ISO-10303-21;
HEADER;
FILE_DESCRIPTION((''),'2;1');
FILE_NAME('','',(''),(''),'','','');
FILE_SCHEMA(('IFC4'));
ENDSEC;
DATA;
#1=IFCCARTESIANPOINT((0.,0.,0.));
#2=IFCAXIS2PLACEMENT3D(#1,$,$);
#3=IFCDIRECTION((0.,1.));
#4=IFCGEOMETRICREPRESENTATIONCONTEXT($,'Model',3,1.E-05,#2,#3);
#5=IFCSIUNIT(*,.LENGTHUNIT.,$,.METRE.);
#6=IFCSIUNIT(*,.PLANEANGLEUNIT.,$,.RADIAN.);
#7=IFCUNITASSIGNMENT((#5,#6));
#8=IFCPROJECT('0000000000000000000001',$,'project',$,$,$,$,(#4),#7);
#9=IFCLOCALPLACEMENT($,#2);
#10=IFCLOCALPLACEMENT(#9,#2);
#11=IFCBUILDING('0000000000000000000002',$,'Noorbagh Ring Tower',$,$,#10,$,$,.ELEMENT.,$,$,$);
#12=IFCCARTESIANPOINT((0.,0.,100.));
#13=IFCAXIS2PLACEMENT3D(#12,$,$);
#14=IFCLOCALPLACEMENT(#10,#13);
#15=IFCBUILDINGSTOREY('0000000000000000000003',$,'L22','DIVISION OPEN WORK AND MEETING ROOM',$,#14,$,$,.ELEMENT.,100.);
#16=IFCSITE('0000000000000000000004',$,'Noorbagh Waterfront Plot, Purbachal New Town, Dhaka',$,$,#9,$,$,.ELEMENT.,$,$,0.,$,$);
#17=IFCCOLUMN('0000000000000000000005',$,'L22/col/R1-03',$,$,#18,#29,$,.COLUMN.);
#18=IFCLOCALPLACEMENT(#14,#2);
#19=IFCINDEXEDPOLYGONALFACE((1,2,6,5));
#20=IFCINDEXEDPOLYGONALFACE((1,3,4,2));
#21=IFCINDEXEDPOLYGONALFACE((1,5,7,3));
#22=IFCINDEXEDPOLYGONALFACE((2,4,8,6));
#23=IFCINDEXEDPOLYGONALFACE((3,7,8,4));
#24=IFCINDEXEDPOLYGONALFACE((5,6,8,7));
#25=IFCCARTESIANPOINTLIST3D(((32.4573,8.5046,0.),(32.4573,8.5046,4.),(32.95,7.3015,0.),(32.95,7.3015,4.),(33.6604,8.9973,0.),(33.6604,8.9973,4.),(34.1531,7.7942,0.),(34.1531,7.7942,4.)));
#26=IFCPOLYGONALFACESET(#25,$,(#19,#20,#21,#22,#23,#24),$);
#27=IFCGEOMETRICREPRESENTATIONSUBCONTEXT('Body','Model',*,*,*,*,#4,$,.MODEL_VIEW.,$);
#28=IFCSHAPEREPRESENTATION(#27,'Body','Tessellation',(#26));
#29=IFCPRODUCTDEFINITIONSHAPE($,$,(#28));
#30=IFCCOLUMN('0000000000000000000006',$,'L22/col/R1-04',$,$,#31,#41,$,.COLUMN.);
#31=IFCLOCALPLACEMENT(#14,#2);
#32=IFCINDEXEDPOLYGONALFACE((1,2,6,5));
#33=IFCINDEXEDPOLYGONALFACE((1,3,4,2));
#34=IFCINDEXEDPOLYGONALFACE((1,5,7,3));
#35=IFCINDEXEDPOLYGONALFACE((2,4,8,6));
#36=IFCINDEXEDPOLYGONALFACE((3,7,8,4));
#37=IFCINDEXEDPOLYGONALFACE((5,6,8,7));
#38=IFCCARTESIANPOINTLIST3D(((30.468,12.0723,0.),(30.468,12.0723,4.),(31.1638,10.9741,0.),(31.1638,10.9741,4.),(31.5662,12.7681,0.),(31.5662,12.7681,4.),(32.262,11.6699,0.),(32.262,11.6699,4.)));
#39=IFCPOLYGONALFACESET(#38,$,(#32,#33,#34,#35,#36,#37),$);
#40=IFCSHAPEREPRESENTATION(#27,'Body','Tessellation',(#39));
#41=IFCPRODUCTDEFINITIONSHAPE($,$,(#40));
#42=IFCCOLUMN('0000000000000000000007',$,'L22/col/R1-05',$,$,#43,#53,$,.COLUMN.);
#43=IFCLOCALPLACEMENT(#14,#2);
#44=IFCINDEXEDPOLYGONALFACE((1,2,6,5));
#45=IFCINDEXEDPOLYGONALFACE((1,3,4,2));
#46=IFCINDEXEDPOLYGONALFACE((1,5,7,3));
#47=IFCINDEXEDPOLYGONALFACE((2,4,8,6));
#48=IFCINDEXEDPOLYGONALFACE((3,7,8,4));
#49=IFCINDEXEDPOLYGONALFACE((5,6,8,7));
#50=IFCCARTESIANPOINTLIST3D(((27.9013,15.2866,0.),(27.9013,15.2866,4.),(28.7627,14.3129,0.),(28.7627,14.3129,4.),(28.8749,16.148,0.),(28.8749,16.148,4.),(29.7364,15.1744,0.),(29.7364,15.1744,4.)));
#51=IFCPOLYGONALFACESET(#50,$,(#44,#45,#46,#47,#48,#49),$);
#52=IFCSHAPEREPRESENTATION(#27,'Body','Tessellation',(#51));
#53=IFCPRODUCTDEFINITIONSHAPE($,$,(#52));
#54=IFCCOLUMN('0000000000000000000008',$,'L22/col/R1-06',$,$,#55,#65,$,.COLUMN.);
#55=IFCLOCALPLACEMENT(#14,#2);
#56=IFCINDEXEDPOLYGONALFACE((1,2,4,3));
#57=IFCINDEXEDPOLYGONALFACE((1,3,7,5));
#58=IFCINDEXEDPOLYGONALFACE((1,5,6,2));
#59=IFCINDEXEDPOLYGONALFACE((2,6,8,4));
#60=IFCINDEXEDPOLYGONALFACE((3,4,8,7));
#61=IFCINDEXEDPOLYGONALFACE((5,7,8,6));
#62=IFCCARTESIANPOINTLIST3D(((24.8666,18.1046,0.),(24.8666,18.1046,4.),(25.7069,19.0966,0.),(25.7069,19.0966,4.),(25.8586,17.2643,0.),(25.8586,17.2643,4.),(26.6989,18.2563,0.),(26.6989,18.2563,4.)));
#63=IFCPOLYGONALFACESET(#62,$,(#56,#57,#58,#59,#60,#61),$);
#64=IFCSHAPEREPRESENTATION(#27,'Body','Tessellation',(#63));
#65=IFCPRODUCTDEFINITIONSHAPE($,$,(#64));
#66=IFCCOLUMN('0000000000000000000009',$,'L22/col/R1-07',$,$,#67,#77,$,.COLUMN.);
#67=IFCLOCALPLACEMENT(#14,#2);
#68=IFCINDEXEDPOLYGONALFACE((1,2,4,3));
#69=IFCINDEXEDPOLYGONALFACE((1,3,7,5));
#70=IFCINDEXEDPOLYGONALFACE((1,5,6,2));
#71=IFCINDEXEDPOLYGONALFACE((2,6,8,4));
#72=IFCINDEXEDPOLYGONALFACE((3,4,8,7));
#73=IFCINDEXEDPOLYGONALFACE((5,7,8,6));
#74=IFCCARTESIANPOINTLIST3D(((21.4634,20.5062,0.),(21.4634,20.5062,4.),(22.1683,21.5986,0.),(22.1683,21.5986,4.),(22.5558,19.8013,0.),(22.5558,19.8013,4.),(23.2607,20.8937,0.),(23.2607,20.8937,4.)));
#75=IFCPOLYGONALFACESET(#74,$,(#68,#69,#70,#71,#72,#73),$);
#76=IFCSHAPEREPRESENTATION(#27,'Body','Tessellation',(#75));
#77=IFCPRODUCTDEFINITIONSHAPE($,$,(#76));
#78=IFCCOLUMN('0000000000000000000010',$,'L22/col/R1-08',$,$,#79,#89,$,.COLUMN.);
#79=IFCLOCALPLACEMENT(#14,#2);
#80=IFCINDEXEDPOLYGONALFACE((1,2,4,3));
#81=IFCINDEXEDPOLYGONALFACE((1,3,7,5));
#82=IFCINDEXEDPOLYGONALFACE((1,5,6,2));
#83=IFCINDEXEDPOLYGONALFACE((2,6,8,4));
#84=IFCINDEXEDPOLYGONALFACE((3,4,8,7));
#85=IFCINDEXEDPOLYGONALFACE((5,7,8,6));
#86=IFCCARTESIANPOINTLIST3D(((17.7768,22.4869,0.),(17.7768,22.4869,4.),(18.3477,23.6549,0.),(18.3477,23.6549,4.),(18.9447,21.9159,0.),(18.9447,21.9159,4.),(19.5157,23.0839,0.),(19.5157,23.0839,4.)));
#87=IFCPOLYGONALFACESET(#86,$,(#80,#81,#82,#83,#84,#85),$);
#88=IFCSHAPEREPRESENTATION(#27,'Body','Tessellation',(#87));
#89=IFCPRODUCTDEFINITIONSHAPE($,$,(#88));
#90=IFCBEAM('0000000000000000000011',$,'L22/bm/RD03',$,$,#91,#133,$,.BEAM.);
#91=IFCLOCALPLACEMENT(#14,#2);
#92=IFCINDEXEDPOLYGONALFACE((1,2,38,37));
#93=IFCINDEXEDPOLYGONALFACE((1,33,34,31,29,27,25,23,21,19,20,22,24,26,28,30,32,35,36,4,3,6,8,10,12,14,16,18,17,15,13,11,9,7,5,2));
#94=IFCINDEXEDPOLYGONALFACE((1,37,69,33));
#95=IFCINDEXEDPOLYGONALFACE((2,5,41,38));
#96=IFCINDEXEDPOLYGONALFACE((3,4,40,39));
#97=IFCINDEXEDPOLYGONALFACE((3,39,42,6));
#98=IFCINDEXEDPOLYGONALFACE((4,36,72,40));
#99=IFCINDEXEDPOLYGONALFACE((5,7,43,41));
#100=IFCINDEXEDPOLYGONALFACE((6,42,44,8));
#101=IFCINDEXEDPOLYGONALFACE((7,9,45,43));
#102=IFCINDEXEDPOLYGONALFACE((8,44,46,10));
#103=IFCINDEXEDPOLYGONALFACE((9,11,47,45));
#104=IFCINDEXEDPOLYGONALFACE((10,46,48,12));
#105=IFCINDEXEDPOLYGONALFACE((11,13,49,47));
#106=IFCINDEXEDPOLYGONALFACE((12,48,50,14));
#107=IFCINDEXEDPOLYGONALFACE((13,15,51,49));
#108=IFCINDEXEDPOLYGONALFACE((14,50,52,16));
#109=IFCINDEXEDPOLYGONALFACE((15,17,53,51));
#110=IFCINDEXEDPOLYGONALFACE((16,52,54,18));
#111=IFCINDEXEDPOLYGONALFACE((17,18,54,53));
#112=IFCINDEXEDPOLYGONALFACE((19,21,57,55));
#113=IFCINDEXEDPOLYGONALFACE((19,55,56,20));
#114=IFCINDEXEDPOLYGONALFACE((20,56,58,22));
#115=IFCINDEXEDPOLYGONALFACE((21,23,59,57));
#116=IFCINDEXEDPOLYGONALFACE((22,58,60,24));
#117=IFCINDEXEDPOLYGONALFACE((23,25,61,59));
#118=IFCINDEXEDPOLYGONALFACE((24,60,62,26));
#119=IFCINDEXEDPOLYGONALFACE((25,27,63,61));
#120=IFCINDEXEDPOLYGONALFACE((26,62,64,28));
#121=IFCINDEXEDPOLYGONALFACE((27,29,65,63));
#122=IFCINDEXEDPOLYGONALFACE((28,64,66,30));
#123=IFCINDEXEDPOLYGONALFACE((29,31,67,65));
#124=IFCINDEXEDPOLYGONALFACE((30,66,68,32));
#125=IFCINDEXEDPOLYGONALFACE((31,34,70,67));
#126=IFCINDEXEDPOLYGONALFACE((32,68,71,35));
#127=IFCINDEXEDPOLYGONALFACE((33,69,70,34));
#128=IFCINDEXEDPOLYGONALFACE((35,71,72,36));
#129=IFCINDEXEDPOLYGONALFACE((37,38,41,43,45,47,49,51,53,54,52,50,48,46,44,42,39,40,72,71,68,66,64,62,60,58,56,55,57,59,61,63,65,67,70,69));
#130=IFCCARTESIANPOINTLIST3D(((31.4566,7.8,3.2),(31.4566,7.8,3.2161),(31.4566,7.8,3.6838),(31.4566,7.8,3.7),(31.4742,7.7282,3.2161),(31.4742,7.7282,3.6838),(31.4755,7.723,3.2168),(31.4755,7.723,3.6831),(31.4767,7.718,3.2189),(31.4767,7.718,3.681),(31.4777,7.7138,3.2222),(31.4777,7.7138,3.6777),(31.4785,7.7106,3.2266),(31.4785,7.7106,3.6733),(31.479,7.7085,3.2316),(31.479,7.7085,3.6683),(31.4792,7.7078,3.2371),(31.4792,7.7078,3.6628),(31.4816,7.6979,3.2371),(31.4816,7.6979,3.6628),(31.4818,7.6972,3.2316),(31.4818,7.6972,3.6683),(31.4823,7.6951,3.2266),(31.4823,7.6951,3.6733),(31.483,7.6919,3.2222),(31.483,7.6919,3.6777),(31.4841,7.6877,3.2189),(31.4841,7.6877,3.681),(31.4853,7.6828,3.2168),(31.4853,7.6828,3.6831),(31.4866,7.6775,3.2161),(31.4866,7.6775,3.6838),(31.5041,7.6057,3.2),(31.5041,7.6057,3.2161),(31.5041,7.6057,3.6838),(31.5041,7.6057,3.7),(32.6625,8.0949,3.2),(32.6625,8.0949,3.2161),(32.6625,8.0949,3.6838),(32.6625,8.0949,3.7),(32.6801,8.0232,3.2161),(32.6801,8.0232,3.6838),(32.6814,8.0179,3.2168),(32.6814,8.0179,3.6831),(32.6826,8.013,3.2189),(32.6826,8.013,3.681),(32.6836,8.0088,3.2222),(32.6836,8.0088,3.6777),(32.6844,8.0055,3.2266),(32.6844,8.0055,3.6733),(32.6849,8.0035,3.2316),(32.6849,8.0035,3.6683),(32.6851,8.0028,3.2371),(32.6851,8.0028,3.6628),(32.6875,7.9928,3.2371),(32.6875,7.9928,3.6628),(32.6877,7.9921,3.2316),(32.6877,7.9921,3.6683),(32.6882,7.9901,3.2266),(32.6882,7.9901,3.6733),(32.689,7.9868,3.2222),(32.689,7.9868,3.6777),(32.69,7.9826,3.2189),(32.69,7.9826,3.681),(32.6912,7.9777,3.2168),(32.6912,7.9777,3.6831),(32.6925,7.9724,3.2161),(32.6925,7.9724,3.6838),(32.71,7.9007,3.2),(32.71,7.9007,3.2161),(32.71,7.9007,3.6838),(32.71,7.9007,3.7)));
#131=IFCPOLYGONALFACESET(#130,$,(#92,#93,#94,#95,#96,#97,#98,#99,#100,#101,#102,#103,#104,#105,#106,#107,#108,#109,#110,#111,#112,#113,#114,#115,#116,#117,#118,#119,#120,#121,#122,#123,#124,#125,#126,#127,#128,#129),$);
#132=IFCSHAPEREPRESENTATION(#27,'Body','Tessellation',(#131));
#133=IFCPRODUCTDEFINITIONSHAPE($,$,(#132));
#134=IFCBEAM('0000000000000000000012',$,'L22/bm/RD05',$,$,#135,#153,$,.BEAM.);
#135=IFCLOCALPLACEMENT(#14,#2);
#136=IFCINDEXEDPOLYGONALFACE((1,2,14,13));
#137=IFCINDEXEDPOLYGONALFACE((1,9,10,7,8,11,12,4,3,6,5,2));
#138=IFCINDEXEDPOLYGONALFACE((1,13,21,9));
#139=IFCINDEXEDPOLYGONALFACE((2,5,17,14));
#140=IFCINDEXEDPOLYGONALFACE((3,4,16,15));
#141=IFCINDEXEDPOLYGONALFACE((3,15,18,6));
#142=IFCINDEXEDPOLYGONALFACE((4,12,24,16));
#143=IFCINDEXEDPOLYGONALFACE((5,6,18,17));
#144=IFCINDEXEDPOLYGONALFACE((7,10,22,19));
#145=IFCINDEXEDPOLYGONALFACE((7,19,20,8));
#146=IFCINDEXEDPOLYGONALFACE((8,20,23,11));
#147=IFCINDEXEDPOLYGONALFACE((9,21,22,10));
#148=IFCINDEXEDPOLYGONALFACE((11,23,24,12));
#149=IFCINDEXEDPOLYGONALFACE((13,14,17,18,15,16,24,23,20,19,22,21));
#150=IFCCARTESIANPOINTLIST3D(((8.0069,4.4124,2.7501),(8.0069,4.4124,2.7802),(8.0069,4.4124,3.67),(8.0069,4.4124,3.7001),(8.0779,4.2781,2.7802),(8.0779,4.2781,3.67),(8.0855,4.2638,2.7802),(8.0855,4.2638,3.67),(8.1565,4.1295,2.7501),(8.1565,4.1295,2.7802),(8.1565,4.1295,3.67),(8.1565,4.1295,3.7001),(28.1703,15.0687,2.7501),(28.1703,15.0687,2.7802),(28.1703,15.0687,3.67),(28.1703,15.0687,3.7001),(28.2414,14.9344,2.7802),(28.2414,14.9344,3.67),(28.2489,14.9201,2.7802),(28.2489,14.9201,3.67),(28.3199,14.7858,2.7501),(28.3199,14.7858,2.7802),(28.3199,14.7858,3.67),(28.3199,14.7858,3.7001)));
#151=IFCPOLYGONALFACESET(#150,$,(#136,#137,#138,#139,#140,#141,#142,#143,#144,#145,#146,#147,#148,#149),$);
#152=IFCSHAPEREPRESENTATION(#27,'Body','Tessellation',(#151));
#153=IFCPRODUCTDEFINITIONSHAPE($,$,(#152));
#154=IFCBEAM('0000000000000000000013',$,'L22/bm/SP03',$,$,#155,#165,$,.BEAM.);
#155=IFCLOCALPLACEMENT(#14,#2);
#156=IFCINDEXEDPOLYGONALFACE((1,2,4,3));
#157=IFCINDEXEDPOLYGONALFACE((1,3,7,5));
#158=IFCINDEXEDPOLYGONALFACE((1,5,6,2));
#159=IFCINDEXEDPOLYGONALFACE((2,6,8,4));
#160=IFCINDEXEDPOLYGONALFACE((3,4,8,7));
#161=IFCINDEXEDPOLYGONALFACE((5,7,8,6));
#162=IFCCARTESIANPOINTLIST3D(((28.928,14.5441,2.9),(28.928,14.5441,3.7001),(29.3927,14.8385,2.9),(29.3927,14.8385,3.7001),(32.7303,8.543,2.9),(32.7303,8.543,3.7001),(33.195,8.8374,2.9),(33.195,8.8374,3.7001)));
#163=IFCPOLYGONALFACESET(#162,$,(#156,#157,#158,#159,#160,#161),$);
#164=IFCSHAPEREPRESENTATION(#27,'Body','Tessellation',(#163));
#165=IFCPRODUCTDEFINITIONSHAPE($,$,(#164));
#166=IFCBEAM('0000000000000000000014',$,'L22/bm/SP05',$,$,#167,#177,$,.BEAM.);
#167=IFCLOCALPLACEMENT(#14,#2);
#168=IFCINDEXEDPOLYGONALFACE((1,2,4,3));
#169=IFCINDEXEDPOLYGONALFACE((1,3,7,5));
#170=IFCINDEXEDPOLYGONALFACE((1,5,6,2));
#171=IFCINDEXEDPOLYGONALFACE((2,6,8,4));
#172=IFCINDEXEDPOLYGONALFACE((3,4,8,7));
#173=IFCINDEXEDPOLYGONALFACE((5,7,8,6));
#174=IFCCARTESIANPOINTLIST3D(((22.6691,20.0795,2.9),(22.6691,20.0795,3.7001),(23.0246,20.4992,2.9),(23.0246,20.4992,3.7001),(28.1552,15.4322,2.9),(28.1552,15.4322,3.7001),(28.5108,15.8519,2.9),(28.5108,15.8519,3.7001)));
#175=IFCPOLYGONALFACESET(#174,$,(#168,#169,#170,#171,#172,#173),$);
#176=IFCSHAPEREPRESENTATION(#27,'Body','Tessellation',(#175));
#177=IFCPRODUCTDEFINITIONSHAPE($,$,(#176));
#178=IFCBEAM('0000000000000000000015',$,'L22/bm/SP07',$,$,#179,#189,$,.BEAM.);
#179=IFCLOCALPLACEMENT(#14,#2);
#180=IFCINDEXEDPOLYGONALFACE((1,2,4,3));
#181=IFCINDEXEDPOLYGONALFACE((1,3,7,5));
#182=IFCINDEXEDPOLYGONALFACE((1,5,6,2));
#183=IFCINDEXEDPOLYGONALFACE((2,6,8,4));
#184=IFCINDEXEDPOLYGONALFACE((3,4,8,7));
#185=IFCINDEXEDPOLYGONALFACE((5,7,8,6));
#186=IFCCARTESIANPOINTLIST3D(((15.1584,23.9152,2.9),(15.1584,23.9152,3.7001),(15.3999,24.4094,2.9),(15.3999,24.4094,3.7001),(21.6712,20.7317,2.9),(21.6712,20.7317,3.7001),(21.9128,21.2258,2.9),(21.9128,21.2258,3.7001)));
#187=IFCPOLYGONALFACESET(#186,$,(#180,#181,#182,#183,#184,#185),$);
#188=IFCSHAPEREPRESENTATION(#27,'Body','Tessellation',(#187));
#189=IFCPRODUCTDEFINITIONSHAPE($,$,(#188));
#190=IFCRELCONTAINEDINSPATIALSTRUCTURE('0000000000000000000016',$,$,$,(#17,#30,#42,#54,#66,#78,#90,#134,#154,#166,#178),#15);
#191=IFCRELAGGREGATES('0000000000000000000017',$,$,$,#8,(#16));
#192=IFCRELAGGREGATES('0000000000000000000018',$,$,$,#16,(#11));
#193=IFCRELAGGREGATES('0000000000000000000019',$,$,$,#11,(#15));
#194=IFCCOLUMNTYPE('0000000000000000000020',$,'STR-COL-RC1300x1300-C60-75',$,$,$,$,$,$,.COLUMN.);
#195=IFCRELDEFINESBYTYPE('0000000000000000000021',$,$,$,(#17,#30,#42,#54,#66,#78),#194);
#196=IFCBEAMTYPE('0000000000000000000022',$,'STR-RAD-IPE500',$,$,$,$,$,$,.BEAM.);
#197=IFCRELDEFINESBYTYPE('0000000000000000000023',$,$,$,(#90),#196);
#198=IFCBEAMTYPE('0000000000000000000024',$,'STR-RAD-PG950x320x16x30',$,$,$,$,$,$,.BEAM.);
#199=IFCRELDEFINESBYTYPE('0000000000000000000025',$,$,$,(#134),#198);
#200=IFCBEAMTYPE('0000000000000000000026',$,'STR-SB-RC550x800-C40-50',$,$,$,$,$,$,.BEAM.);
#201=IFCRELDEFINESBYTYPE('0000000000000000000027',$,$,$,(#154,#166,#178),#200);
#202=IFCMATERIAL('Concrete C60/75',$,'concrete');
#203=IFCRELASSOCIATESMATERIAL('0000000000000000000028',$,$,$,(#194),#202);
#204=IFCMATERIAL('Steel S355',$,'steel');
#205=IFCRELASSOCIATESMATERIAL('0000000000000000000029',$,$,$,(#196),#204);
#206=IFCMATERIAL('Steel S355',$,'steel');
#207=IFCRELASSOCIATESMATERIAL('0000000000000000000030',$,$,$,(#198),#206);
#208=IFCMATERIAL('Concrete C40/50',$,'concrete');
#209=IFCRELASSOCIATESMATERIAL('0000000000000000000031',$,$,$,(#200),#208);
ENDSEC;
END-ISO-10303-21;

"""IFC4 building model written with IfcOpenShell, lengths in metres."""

from ifc_helpers import new_model, si_unit, direction, frame, origin, origin_2d, place, context, subcontext, project, spatial, rectangle, i_section, extrude, material, material_profile, profile_set, type_object, element, save


model = new_model("IFC4")

# Units and contexts
model_context = context("Model", 3, precision=1e-05, world=origin(), true_north=direction((0.0, 1.0)))
body_context = subcontext(model_context, "Body", "Model", "MODEL_VIEW")
ifc_project = project(units=[si_unit("LENGTHUNIT", "METRE"), si_unit("PLANEANGLEUNIT", "RADIAN")], contexts=[model_context])

# Site, building, storey
site_placement = place(None, origin())
site = spatial("IfcSite", under=ifc_project, at=site_placement, Name="Noorbagh Waterfront Plot, Purbachal New Town, Dhaka", CompositionType="ELEMENT", RefElevation=0.0)
building_placement = place(site_placement, origin())
building = spatial("IfcBuilding", under=site, at=building_placement, Name="Noorbagh Ring Tower", CompositionType="ELEMENT")
storey_placement = place(building_placement, frame((0.0, 0.0, 100.0)))
storey = spatial("IfcBuildingStorey", under=building, at=storey_placement, Name="L22", Description="DIVISION OPEN WORK AND MEETING ROOM", CompositionType="ELEMENT", Elevation=100.0)

# Columns
ifc_material_1 = material(Name="Concrete C60/75", Category="concrete")
ifc_material_profile_1 = material_profile(ifc_material_1, rectangle(XDim=1.3, YDim=1.3, at=origin_2d()), Name="RC1300x1300")
ifc_profile_set_1 = profile_set([ifc_material_profile_1], Name="Concrete C60/75")
column_type = type_object("IfcColumnType", Name="STR-COL-RC1300x1300-C60-75", PredefinedType="COLUMN", material=ifc_profile_set_1)
for number, where, z_axis, x_axis, name in (
    (1, (33.3052, 8.1494, 0.0), (0.0, 0.0, 1.0), (-0.378989, 0.925401, 0.0), "L22/col/R1-03"),
    (2, (31.365, 11.8711, 0.0), (0.0, 0.0, 1.0), (-0.53519, 0.844731, 0.0), "L22/col/R1-04"),
    (3, (28.8188, 15.2305, 0.0), (0.0, 0.0, 1.0), (-0.662636, 0.748942, 0.0), "L22/col/R1-05"),
    (4, (25.7827, 18.1804, 0.0), (0.0, 0.0, 1.0), (-0.763035, 0.646357, 0.0), "L22/col/R1-06"),
    (5, (22.3621, 20.7, 0.0), (0.0, 0.0, 1.0), (-0.840248, 0.542203, 0.0), "L22/col/R1-07"),
    (6, (18.6462, 22.7854, 0.0), (0.0, 0.0, 1.0), (-0.898399, 0.43918, 0.0), "L22/col/R1-08"),
):
    element("IfcColumn", number, at=place(storey_placement, frame(where, z_axis=z_axis, x_axis=x_axis)), inside=storey, type_object=column_type, Name=name, PredefinedType="COLUMN", context=body_context, shape_type="SweptSolid", body=[
        extrude(rectangle(XDim=1.3, YDim=1.3, at=origin_2d()), origin(), (0.0, 0.0, 1.0), 4.0),
    ])

# Beams
ifc_material_2 = material(Name="Steel S355", Category="steel")
ifc_material_profile_2 = material_profile(ifc_material_2, i_section(OverallWidth=0.2, OverallDepth=0.5, WebThickness=0.0103, FlangeThickness=0.0161, FilletRadius=0.021, at=origin_2d()), Name="IPE500")
ifc_profile_set_2 = profile_set([ifc_material_profile_2], Name="Steel S355")
beam_type_1 = type_object("IfcBeamType", Name="STR-RAD-IPE500", PredefinedType="BEAM", material=ifc_profile_set_2)
beam_1_placement = place(storey_placement, frame((32.6863, 7.9978, 3.45), z_axis=(-0.971368, -0.237581, 0.0), x_axis=(0.237581, -0.971368, 0.0)))
element("IfcBeam", 7, at=beam_1_placement, inside=storey, type_object=beam_type_1, Name="L22/bm/RD03", PredefinedType="BEAM", context=body_context, shape_type="SweptSolid", body=[
    extrude(i_section(OverallWidth=0.2, OverallDepth=0.5, WebThickness=0.0103, FlangeThickness=0.0161, FilletRadius=0.021, at=origin_2d()), origin(), (0.0, 0.0, 1.0), 1.2415),
])
ifc_material_3 = material(Name="Steel S355", Category="steel")
ifc_material_profile_3 = material_profile(ifc_material_3, i_section(OverallWidth=0.3201, OverallDepth=0.95, WebThickness=0.0161, FlangeThickness=0.03, at=origin_2d()), Name="PG950x320x16x30")
ifc_profile_set_3 = profile_set([ifc_material_profile_3], Name="Steel S355")
beam_type_2 = type_object("IfcBeamType", Name="STR-RAD-PG950x320x16x30", PredefinedType="BEAM", material=ifc_profile_set_3)
beam_2_placement = place(storey_placement, frame((28.2451, 14.9272, 3.2251), z_axis=(-0.884122, -0.467256, 0.0), x_axis=(0.467256, -0.884122, 0.0)))
element("IfcBeam", 8, at=beam_2_placement, inside=storey, type_object=beam_type_2, Name="L22/bm/RD05", PredefinedType="BEAM", context=body_context, shape_type="SweptSolid", body=[
    extrude(i_section(OverallWidth=0.3201, OverallDepth=0.95, WebThickness=0.0161, FlangeThickness=0.03, at=origin_2d()), origin(), (0.0, 0.0, 1.0), 22.8062),
])
ifc_material_4 = material(Name="Concrete C40/50", Category="concrete")
ifc_material_profile_4 = material_profile(ifc_material_4, rectangle(XDim=0.55, YDim=0.8, at=origin_2d()), Name="RC550x800")
ifc_profile_set_4 = profile_set([ifc_material_profile_4], Name="Concrete C40/50")
beam_type_3 = type_object("IfcBeamType", Name="STR-SB-RC550x800-C40-50", PredefinedType="BEAM", material=ifc_profile_set_4)
beam_3_placement = place(storey_placement, frame((32.9626, 8.6902, 3.3), z_axis=(-0.535216, 0.844715, 0.0), x_axis=(-0.844715, -0.535216, 0.0)))
element("IfcBeam", 9, at=beam_3_placement, inside=storey, type_object=beam_type_3, Name="L22/bm/SP03", PredefinedType="BEAM", context=body_context, shape_type="SweptSolid", body=[
    extrude(rectangle(XDim=0.55, YDim=0.8, at=origin_2d()), origin(), (0.0, 0.0, 1.0), 7.1042),
])
beam_4_placement = place(storey_placement, frame((28.333, 15.6421, 3.3), z_axis=(-0.763033, 0.646359, 0.0), x_axis=(-0.646359, -0.763033, 0.0)))
element("IfcBeam", 10, at=beam_4_placement, inside=storey, type_object=beam_type_3, Name="L22/bm/SP05", PredefinedType="BEAM", context=body_context, shape_type="SweptSolid", body=[
    extrude(rectangle(XDim=0.55, YDim=0.8, at=origin_2d()), origin(), (0.0, 0.0, 1.0), 7.1899),
])
beam_5_placement = place(storey_placement, frame((21.792, 20.9788, 3.3), z_axis=(-0.898412, 0.439153, 0.0), x_axis=(-0.439153, -0.898412, 0.0)))
element("IfcBeam", 11, at=beam_5_placement, inside=storey, type_object=beam_type_3, Name="L22/bm/SP07", PredefinedType="BEAM", context=body_context, shape_type="SweptSolid", body=[
    extrude(rectangle(XDim=0.55, YDim=0.8, at=origin_2d()), origin(), (0.0, 0.0, 1.0), 7.2493),
])

save(model, "model.ifc")
